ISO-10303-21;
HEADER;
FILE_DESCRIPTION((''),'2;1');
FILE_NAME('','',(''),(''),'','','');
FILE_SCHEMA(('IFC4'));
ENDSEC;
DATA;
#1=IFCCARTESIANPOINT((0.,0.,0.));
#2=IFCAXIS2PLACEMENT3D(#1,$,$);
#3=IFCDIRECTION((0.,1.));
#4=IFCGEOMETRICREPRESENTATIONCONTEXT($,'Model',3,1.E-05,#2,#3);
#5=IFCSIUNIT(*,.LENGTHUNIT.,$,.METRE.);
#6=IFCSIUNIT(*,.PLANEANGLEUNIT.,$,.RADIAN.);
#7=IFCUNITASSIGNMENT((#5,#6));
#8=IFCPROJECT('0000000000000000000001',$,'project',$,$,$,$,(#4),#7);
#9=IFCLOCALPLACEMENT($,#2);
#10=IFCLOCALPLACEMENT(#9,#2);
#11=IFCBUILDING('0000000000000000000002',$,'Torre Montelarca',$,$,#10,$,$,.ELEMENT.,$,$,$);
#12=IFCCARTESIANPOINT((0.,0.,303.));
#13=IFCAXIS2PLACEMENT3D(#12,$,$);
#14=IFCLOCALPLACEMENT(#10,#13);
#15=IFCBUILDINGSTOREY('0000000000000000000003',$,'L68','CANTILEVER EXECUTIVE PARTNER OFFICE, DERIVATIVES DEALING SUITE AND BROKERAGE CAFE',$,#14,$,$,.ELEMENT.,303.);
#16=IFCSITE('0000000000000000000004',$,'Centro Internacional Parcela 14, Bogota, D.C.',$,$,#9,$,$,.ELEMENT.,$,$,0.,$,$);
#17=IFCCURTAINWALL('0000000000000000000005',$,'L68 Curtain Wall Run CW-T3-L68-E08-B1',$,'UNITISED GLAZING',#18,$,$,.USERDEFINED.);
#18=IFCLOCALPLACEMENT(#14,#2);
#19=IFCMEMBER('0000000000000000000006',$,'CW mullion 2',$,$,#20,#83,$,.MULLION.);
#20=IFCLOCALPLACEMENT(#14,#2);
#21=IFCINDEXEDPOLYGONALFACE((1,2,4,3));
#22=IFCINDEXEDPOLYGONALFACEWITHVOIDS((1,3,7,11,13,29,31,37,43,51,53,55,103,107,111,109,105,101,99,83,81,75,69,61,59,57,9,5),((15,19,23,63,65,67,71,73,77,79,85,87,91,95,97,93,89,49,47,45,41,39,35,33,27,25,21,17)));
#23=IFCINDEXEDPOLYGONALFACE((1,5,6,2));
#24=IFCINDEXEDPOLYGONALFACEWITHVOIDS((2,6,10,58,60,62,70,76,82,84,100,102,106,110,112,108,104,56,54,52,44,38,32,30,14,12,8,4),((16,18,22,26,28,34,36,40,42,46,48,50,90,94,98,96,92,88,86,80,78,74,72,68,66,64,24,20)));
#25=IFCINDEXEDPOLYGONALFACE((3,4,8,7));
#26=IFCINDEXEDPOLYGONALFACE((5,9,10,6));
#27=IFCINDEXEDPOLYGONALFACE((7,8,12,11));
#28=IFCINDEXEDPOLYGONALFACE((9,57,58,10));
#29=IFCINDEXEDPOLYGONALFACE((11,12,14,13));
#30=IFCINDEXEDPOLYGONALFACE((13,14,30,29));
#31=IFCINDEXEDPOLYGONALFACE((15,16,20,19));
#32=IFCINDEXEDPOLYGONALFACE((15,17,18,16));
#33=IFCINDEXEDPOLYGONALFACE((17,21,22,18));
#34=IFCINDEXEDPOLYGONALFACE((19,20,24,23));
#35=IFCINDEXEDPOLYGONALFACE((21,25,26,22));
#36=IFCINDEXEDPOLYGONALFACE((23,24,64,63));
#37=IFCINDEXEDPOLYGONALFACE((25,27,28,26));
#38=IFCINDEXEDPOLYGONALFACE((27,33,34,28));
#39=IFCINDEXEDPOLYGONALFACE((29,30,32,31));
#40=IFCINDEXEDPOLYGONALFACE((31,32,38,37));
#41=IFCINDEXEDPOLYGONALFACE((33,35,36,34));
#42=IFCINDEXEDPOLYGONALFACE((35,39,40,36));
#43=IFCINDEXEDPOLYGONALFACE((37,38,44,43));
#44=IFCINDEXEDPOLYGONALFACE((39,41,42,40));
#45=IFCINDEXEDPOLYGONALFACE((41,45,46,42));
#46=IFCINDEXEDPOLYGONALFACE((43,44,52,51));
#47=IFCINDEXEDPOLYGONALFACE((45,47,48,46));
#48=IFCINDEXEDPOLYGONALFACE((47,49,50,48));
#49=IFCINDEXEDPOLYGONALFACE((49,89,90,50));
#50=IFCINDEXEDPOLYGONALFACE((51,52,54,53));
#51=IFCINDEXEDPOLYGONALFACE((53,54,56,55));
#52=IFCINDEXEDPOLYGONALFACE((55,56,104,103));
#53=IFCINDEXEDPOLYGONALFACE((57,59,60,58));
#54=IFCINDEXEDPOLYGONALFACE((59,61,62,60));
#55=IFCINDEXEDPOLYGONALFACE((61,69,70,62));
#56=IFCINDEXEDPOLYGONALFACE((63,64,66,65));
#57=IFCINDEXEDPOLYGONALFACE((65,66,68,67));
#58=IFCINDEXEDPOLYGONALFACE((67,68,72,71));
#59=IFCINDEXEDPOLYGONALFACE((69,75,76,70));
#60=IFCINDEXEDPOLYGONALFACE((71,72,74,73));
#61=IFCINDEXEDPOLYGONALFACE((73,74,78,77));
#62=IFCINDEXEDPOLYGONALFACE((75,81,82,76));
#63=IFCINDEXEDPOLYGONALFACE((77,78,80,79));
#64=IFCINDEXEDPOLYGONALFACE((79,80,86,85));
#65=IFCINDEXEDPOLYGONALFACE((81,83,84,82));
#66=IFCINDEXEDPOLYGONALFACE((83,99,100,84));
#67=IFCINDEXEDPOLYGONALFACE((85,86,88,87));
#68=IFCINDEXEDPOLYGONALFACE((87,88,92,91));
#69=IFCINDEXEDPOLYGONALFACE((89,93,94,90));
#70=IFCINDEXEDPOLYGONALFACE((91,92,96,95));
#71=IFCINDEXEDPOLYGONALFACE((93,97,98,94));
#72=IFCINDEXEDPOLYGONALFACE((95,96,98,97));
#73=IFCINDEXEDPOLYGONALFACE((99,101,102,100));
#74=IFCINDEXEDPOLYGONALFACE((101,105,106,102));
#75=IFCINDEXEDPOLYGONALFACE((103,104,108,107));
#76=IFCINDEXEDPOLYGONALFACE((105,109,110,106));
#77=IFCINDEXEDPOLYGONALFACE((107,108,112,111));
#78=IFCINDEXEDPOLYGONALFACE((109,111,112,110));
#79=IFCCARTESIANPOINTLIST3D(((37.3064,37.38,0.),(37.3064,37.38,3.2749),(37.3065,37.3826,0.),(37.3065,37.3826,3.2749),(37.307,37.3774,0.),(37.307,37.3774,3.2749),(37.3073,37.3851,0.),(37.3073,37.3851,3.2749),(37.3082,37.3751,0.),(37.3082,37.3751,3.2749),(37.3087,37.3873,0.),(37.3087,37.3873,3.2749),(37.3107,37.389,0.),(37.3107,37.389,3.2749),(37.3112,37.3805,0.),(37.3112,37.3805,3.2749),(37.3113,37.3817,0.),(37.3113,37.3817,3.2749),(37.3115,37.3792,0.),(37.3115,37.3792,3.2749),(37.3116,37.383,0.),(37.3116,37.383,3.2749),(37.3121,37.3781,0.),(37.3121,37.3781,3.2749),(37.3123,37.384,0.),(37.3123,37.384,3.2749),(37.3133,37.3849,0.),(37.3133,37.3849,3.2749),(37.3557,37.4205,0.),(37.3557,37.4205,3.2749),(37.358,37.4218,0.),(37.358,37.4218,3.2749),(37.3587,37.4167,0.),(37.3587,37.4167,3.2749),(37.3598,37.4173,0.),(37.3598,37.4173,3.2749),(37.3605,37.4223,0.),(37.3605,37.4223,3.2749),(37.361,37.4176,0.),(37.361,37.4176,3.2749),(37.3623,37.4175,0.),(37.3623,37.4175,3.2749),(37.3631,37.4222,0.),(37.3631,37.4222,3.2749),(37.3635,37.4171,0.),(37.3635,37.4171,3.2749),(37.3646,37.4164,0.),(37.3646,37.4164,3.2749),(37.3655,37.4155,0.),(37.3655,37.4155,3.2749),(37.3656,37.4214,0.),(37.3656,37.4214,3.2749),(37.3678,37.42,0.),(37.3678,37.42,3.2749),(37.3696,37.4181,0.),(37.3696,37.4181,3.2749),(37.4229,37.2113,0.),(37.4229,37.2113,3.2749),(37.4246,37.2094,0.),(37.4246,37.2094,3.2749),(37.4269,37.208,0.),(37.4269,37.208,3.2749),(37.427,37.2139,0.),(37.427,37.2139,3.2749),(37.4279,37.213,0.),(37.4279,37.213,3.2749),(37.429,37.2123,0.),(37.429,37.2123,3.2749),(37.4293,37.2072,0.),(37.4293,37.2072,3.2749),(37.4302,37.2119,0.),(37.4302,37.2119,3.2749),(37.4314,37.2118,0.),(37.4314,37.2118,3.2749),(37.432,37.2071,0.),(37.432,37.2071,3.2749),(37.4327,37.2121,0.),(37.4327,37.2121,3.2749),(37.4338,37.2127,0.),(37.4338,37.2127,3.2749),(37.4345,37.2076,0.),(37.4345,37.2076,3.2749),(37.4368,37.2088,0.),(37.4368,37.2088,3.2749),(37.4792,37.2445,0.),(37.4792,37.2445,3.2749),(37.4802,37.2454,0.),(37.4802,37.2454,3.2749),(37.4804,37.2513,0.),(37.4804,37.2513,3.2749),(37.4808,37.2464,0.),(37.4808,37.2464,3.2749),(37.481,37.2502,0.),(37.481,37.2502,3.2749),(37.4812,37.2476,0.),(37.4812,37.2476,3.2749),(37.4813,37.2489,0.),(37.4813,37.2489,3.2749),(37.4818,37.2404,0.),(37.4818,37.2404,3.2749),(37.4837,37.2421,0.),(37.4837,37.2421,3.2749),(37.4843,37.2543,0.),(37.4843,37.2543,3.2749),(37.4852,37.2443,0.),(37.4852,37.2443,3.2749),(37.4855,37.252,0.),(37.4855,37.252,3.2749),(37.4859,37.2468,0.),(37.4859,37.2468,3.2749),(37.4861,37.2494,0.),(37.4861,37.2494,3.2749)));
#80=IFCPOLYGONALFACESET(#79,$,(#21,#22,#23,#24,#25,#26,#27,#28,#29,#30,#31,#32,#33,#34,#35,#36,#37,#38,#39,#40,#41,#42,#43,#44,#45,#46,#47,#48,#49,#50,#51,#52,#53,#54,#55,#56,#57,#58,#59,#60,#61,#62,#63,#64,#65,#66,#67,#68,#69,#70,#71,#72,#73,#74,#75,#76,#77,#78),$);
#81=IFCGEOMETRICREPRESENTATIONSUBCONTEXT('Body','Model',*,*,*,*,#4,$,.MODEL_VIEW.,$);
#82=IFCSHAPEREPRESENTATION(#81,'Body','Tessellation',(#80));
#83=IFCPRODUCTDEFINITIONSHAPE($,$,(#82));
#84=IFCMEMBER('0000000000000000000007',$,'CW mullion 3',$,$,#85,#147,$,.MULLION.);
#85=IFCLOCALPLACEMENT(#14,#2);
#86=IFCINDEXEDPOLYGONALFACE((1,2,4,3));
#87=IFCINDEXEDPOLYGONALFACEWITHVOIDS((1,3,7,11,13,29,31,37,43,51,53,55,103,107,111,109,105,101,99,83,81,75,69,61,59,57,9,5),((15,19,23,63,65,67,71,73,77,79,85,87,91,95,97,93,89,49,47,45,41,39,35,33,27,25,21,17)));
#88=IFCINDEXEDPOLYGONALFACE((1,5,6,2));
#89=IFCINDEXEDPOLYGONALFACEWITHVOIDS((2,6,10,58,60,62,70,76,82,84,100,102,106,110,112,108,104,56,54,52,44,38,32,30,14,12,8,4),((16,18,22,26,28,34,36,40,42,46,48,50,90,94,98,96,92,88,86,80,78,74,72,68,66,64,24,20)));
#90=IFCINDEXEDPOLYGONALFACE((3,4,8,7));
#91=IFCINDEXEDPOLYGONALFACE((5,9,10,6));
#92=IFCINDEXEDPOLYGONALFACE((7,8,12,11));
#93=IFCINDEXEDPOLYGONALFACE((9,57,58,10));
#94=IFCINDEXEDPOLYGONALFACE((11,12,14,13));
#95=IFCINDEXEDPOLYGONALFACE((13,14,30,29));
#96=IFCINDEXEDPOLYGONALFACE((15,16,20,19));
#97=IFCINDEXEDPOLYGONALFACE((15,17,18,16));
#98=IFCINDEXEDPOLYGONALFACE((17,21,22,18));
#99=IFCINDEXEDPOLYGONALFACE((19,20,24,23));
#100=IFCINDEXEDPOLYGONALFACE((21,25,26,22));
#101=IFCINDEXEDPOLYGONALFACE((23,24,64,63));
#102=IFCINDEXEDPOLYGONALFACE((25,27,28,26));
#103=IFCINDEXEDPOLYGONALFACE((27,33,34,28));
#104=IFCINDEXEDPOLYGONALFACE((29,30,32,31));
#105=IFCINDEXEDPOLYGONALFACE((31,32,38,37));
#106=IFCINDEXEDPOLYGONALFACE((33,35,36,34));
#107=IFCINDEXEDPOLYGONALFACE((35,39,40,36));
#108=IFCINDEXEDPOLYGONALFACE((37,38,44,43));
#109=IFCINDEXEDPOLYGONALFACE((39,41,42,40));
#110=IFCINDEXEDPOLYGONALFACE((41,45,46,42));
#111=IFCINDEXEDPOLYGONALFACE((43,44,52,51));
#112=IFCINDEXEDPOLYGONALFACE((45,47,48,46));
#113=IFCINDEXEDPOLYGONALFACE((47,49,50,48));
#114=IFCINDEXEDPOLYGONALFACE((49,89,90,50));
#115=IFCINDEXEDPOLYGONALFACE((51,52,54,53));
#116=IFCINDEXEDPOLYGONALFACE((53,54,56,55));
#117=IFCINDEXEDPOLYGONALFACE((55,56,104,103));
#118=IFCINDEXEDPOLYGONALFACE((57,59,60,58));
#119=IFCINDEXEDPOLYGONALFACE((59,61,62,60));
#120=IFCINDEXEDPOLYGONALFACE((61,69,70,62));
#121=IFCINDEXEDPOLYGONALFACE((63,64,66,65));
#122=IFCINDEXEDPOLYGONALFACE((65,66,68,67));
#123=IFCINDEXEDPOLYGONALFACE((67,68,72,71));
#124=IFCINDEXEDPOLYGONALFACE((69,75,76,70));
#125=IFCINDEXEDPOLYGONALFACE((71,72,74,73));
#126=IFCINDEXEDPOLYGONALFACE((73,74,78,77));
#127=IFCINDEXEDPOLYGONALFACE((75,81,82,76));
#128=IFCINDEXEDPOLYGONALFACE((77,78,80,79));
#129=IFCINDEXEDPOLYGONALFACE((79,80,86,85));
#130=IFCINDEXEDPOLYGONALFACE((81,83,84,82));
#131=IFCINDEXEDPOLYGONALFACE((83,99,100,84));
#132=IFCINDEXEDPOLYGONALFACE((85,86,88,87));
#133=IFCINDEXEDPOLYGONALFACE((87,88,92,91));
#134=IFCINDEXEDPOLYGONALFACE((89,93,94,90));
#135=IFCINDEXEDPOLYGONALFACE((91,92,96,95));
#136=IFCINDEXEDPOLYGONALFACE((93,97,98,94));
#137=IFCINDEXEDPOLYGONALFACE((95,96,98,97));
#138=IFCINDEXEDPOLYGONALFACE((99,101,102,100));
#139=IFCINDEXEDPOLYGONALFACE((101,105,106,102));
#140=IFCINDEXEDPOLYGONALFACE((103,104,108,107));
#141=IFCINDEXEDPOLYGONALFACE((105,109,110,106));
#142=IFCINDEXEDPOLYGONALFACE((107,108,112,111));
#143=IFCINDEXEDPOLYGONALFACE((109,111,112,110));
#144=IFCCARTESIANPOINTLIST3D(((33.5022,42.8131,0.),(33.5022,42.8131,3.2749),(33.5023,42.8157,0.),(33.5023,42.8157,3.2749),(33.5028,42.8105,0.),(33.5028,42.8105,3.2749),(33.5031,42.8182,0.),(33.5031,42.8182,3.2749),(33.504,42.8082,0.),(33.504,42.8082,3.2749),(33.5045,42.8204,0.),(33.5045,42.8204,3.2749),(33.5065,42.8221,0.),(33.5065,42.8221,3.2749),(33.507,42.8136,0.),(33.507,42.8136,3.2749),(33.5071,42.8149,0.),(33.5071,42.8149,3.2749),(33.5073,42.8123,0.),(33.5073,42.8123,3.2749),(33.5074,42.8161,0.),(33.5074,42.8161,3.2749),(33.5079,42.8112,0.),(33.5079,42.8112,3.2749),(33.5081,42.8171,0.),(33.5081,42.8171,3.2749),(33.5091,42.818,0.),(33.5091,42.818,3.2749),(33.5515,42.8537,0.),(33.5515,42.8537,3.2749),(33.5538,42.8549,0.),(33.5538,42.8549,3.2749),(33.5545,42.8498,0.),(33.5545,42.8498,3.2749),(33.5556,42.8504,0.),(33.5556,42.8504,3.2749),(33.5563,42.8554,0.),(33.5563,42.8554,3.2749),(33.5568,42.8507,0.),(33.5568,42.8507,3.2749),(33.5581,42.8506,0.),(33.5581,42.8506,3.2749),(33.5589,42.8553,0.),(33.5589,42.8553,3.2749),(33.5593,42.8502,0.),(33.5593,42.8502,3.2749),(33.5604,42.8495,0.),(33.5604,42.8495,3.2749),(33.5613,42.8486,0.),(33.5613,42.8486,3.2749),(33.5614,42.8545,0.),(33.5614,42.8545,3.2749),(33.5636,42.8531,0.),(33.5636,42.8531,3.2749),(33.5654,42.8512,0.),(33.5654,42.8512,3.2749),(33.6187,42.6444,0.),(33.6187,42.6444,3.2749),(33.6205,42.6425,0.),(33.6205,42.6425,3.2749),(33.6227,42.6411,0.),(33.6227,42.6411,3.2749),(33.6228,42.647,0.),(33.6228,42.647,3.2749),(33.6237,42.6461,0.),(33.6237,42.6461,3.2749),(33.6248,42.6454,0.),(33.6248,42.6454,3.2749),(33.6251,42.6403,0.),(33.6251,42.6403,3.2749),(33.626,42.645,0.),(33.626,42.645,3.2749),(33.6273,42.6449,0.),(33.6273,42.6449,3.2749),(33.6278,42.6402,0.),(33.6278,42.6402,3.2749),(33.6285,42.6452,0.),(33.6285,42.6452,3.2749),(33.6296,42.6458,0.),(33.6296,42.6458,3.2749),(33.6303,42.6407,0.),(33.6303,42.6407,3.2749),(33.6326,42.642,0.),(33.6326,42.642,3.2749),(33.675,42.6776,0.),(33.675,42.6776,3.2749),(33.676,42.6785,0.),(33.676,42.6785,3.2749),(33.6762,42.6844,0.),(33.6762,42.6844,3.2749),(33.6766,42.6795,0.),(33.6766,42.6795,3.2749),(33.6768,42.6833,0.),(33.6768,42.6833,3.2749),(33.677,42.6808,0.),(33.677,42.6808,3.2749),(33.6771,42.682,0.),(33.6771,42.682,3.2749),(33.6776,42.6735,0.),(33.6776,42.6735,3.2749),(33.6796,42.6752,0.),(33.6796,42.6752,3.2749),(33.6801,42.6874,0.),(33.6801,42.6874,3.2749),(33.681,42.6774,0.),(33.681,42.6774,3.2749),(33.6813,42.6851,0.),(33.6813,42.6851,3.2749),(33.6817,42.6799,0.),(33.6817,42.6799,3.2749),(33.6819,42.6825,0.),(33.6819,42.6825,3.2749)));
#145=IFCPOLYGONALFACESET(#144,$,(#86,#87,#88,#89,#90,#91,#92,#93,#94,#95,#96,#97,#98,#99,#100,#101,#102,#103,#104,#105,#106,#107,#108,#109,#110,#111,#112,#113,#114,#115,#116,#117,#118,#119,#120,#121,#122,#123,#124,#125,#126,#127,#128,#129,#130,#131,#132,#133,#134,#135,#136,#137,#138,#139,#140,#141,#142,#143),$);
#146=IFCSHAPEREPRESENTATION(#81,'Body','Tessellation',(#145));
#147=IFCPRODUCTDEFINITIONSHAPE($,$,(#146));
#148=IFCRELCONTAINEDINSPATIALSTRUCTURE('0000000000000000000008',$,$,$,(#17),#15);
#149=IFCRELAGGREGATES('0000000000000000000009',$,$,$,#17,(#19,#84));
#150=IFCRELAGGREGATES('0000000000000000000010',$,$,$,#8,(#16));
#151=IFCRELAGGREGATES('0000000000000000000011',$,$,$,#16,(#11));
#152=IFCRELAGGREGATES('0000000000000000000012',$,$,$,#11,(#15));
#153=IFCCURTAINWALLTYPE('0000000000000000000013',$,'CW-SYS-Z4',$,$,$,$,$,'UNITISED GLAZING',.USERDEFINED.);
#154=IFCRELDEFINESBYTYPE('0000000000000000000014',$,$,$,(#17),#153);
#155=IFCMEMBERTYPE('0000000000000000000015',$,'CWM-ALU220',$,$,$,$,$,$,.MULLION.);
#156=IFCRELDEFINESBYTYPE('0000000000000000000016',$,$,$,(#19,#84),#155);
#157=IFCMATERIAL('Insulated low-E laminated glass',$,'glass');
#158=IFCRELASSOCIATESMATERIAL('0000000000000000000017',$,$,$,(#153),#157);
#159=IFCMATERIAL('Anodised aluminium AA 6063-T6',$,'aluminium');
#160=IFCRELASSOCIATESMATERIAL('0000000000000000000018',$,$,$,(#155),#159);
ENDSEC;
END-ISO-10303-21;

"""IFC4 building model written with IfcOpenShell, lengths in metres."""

from ifc_helpers import new_model, si_unit, direction, frame, origin, origin_2d, place, context, subcontext, project, spatial, hollow_rectangle, extrude, source, transform, mapped, material, material_profile, profile_set, type_object, element, aggregate, save


model = new_model("IFC4")

# Units and contexts
model_context = context("Model", 3, precision=1e-05, world=origin(), true_north=direction((0.0, 1.0)))
body_context = subcontext(model_context, "Body", "Model", "MODEL_VIEW")
ifc_project = project(units=[si_unit("LENGTHUNIT", "METRE"), si_unit("PLANEANGLEUNIT", "RADIAN")], contexts=[model_context])

# Site, building, storey
site_placement = place(None, origin())
site = spatial("IfcSite", under=ifc_project, at=site_placement, Name="Centro Internacional Parcela 14, Bogota, D.C.", CompositionType="ELEMENT", RefElevation=0.0)
building_placement = place(site_placement, origin())
building = spatial("IfcBuilding", under=site, at=building_placement, Name="Torre Montelarca", CompositionType="ELEMENT")
storey_placement = place(building_placement, frame((0.0, 0.0, 303.0)))
storey = spatial("IfcBuildingStorey", under=building, at=storey_placement, Name="L68", Description="CANTILEVER EXECUTIVE PARTNER OFFICE, DERIVATIVES DEALING SUITE AND BROKERAGE CAFE", CompositionType="ELEMENT", Elevation=303.0)

# Shared definitions
ifc_material_1 = material(Name="Insulated low-E laminated glass", Category="glass")
curtain_wall_type = type_object("IfcCurtainWallType", Name="CW-SYS-Z4", ElementType="UNITISED GLAZING", PredefinedType="USERDEFINED", material=ifc_material_1)
ifc_material_2 = material(Name="Anodised aluminium AA 6063-T6", Category="aluminium")
ifc_material_profile_1 = material_profile(ifc_material_2, hollow_rectangle(XDim=0.075, YDim=0.22, WallThickness=0.0049, InnerFilletRadius=0.0049, OuterFilletRadius=0.01, at=origin_2d()), Name="ALU75X220X5", Category="aluminium")
ifc_profile_set_1 = profile_set([ifc_material_profile_1], Name="Anodised aluminium AA 6063-T6")
member_type_1 = type_object("IfcMemberType", Name="CWM-ALU220", PredefinedType="MULLION", material=ifc_profile_set_1)

# Curtain wall, members
curtain_wall_1_placement = place(storey_placement, origin())
curtain_wall_1 = element("IfcCurtainWall", 1, at=curtain_wall_1_placement, inside=storey, type_object=curtain_wall_type, Name="L68 Curtain Wall Run CW-T3-L68-E08-B1", ObjectType="UNITISED GLAZING", PredefinedType="USERDEFINED")
shared_shape_1 = source(origin(), body_context, "Body", "SweptSolid", [
    extrude(hollow_rectangle(XDim=0.075, YDim=0.22, WallThickness=0.0049, InnerFilletRadius=0.0049, OuterFilletRadius=0.01, at=origin_2d()), origin(), (0.0, 0.0, 1.0), 3.2749),
])
member_1_placement = place(storey_placement, frame((37.3962, 37.3147, 0.0), z_axis=(0.0, 0.0, 1.0), x_axis=(-0.819159, -0.573567, 0.0)))
member_1 = element("IfcMember", 2, at=member_1_placement, type_object=member_type_1, Name="CW mullion 2", PredefinedType="MULLION", context=body_context, shape_type="MappedRepresentation", body=[
    mapped(shared_shape_1, transform((0.0, 0.0, 0.0), scale=1.0)),
])
member_2_placement = place(storey_placement, frame((33.592, 42.7478, 0.0), z_axis=(0.0, 0.0, 1.0), x_axis=(-0.819159, -0.573567, 0.0)))
member_2 = element("IfcMember", 3, at=member_2_placement, type_object=member_type_1, Name="CW mullion 3", PredefinedType="MULLION", context=body_context, shape_type="MappedRepresentation", body=[
    mapped(shared_shape_1, transform((0.0, 0.0, 0.0), scale=1.0)),
])
aggregate(curtain_wall_1, [member_1, member_2])

save(model, "model.ifc")
